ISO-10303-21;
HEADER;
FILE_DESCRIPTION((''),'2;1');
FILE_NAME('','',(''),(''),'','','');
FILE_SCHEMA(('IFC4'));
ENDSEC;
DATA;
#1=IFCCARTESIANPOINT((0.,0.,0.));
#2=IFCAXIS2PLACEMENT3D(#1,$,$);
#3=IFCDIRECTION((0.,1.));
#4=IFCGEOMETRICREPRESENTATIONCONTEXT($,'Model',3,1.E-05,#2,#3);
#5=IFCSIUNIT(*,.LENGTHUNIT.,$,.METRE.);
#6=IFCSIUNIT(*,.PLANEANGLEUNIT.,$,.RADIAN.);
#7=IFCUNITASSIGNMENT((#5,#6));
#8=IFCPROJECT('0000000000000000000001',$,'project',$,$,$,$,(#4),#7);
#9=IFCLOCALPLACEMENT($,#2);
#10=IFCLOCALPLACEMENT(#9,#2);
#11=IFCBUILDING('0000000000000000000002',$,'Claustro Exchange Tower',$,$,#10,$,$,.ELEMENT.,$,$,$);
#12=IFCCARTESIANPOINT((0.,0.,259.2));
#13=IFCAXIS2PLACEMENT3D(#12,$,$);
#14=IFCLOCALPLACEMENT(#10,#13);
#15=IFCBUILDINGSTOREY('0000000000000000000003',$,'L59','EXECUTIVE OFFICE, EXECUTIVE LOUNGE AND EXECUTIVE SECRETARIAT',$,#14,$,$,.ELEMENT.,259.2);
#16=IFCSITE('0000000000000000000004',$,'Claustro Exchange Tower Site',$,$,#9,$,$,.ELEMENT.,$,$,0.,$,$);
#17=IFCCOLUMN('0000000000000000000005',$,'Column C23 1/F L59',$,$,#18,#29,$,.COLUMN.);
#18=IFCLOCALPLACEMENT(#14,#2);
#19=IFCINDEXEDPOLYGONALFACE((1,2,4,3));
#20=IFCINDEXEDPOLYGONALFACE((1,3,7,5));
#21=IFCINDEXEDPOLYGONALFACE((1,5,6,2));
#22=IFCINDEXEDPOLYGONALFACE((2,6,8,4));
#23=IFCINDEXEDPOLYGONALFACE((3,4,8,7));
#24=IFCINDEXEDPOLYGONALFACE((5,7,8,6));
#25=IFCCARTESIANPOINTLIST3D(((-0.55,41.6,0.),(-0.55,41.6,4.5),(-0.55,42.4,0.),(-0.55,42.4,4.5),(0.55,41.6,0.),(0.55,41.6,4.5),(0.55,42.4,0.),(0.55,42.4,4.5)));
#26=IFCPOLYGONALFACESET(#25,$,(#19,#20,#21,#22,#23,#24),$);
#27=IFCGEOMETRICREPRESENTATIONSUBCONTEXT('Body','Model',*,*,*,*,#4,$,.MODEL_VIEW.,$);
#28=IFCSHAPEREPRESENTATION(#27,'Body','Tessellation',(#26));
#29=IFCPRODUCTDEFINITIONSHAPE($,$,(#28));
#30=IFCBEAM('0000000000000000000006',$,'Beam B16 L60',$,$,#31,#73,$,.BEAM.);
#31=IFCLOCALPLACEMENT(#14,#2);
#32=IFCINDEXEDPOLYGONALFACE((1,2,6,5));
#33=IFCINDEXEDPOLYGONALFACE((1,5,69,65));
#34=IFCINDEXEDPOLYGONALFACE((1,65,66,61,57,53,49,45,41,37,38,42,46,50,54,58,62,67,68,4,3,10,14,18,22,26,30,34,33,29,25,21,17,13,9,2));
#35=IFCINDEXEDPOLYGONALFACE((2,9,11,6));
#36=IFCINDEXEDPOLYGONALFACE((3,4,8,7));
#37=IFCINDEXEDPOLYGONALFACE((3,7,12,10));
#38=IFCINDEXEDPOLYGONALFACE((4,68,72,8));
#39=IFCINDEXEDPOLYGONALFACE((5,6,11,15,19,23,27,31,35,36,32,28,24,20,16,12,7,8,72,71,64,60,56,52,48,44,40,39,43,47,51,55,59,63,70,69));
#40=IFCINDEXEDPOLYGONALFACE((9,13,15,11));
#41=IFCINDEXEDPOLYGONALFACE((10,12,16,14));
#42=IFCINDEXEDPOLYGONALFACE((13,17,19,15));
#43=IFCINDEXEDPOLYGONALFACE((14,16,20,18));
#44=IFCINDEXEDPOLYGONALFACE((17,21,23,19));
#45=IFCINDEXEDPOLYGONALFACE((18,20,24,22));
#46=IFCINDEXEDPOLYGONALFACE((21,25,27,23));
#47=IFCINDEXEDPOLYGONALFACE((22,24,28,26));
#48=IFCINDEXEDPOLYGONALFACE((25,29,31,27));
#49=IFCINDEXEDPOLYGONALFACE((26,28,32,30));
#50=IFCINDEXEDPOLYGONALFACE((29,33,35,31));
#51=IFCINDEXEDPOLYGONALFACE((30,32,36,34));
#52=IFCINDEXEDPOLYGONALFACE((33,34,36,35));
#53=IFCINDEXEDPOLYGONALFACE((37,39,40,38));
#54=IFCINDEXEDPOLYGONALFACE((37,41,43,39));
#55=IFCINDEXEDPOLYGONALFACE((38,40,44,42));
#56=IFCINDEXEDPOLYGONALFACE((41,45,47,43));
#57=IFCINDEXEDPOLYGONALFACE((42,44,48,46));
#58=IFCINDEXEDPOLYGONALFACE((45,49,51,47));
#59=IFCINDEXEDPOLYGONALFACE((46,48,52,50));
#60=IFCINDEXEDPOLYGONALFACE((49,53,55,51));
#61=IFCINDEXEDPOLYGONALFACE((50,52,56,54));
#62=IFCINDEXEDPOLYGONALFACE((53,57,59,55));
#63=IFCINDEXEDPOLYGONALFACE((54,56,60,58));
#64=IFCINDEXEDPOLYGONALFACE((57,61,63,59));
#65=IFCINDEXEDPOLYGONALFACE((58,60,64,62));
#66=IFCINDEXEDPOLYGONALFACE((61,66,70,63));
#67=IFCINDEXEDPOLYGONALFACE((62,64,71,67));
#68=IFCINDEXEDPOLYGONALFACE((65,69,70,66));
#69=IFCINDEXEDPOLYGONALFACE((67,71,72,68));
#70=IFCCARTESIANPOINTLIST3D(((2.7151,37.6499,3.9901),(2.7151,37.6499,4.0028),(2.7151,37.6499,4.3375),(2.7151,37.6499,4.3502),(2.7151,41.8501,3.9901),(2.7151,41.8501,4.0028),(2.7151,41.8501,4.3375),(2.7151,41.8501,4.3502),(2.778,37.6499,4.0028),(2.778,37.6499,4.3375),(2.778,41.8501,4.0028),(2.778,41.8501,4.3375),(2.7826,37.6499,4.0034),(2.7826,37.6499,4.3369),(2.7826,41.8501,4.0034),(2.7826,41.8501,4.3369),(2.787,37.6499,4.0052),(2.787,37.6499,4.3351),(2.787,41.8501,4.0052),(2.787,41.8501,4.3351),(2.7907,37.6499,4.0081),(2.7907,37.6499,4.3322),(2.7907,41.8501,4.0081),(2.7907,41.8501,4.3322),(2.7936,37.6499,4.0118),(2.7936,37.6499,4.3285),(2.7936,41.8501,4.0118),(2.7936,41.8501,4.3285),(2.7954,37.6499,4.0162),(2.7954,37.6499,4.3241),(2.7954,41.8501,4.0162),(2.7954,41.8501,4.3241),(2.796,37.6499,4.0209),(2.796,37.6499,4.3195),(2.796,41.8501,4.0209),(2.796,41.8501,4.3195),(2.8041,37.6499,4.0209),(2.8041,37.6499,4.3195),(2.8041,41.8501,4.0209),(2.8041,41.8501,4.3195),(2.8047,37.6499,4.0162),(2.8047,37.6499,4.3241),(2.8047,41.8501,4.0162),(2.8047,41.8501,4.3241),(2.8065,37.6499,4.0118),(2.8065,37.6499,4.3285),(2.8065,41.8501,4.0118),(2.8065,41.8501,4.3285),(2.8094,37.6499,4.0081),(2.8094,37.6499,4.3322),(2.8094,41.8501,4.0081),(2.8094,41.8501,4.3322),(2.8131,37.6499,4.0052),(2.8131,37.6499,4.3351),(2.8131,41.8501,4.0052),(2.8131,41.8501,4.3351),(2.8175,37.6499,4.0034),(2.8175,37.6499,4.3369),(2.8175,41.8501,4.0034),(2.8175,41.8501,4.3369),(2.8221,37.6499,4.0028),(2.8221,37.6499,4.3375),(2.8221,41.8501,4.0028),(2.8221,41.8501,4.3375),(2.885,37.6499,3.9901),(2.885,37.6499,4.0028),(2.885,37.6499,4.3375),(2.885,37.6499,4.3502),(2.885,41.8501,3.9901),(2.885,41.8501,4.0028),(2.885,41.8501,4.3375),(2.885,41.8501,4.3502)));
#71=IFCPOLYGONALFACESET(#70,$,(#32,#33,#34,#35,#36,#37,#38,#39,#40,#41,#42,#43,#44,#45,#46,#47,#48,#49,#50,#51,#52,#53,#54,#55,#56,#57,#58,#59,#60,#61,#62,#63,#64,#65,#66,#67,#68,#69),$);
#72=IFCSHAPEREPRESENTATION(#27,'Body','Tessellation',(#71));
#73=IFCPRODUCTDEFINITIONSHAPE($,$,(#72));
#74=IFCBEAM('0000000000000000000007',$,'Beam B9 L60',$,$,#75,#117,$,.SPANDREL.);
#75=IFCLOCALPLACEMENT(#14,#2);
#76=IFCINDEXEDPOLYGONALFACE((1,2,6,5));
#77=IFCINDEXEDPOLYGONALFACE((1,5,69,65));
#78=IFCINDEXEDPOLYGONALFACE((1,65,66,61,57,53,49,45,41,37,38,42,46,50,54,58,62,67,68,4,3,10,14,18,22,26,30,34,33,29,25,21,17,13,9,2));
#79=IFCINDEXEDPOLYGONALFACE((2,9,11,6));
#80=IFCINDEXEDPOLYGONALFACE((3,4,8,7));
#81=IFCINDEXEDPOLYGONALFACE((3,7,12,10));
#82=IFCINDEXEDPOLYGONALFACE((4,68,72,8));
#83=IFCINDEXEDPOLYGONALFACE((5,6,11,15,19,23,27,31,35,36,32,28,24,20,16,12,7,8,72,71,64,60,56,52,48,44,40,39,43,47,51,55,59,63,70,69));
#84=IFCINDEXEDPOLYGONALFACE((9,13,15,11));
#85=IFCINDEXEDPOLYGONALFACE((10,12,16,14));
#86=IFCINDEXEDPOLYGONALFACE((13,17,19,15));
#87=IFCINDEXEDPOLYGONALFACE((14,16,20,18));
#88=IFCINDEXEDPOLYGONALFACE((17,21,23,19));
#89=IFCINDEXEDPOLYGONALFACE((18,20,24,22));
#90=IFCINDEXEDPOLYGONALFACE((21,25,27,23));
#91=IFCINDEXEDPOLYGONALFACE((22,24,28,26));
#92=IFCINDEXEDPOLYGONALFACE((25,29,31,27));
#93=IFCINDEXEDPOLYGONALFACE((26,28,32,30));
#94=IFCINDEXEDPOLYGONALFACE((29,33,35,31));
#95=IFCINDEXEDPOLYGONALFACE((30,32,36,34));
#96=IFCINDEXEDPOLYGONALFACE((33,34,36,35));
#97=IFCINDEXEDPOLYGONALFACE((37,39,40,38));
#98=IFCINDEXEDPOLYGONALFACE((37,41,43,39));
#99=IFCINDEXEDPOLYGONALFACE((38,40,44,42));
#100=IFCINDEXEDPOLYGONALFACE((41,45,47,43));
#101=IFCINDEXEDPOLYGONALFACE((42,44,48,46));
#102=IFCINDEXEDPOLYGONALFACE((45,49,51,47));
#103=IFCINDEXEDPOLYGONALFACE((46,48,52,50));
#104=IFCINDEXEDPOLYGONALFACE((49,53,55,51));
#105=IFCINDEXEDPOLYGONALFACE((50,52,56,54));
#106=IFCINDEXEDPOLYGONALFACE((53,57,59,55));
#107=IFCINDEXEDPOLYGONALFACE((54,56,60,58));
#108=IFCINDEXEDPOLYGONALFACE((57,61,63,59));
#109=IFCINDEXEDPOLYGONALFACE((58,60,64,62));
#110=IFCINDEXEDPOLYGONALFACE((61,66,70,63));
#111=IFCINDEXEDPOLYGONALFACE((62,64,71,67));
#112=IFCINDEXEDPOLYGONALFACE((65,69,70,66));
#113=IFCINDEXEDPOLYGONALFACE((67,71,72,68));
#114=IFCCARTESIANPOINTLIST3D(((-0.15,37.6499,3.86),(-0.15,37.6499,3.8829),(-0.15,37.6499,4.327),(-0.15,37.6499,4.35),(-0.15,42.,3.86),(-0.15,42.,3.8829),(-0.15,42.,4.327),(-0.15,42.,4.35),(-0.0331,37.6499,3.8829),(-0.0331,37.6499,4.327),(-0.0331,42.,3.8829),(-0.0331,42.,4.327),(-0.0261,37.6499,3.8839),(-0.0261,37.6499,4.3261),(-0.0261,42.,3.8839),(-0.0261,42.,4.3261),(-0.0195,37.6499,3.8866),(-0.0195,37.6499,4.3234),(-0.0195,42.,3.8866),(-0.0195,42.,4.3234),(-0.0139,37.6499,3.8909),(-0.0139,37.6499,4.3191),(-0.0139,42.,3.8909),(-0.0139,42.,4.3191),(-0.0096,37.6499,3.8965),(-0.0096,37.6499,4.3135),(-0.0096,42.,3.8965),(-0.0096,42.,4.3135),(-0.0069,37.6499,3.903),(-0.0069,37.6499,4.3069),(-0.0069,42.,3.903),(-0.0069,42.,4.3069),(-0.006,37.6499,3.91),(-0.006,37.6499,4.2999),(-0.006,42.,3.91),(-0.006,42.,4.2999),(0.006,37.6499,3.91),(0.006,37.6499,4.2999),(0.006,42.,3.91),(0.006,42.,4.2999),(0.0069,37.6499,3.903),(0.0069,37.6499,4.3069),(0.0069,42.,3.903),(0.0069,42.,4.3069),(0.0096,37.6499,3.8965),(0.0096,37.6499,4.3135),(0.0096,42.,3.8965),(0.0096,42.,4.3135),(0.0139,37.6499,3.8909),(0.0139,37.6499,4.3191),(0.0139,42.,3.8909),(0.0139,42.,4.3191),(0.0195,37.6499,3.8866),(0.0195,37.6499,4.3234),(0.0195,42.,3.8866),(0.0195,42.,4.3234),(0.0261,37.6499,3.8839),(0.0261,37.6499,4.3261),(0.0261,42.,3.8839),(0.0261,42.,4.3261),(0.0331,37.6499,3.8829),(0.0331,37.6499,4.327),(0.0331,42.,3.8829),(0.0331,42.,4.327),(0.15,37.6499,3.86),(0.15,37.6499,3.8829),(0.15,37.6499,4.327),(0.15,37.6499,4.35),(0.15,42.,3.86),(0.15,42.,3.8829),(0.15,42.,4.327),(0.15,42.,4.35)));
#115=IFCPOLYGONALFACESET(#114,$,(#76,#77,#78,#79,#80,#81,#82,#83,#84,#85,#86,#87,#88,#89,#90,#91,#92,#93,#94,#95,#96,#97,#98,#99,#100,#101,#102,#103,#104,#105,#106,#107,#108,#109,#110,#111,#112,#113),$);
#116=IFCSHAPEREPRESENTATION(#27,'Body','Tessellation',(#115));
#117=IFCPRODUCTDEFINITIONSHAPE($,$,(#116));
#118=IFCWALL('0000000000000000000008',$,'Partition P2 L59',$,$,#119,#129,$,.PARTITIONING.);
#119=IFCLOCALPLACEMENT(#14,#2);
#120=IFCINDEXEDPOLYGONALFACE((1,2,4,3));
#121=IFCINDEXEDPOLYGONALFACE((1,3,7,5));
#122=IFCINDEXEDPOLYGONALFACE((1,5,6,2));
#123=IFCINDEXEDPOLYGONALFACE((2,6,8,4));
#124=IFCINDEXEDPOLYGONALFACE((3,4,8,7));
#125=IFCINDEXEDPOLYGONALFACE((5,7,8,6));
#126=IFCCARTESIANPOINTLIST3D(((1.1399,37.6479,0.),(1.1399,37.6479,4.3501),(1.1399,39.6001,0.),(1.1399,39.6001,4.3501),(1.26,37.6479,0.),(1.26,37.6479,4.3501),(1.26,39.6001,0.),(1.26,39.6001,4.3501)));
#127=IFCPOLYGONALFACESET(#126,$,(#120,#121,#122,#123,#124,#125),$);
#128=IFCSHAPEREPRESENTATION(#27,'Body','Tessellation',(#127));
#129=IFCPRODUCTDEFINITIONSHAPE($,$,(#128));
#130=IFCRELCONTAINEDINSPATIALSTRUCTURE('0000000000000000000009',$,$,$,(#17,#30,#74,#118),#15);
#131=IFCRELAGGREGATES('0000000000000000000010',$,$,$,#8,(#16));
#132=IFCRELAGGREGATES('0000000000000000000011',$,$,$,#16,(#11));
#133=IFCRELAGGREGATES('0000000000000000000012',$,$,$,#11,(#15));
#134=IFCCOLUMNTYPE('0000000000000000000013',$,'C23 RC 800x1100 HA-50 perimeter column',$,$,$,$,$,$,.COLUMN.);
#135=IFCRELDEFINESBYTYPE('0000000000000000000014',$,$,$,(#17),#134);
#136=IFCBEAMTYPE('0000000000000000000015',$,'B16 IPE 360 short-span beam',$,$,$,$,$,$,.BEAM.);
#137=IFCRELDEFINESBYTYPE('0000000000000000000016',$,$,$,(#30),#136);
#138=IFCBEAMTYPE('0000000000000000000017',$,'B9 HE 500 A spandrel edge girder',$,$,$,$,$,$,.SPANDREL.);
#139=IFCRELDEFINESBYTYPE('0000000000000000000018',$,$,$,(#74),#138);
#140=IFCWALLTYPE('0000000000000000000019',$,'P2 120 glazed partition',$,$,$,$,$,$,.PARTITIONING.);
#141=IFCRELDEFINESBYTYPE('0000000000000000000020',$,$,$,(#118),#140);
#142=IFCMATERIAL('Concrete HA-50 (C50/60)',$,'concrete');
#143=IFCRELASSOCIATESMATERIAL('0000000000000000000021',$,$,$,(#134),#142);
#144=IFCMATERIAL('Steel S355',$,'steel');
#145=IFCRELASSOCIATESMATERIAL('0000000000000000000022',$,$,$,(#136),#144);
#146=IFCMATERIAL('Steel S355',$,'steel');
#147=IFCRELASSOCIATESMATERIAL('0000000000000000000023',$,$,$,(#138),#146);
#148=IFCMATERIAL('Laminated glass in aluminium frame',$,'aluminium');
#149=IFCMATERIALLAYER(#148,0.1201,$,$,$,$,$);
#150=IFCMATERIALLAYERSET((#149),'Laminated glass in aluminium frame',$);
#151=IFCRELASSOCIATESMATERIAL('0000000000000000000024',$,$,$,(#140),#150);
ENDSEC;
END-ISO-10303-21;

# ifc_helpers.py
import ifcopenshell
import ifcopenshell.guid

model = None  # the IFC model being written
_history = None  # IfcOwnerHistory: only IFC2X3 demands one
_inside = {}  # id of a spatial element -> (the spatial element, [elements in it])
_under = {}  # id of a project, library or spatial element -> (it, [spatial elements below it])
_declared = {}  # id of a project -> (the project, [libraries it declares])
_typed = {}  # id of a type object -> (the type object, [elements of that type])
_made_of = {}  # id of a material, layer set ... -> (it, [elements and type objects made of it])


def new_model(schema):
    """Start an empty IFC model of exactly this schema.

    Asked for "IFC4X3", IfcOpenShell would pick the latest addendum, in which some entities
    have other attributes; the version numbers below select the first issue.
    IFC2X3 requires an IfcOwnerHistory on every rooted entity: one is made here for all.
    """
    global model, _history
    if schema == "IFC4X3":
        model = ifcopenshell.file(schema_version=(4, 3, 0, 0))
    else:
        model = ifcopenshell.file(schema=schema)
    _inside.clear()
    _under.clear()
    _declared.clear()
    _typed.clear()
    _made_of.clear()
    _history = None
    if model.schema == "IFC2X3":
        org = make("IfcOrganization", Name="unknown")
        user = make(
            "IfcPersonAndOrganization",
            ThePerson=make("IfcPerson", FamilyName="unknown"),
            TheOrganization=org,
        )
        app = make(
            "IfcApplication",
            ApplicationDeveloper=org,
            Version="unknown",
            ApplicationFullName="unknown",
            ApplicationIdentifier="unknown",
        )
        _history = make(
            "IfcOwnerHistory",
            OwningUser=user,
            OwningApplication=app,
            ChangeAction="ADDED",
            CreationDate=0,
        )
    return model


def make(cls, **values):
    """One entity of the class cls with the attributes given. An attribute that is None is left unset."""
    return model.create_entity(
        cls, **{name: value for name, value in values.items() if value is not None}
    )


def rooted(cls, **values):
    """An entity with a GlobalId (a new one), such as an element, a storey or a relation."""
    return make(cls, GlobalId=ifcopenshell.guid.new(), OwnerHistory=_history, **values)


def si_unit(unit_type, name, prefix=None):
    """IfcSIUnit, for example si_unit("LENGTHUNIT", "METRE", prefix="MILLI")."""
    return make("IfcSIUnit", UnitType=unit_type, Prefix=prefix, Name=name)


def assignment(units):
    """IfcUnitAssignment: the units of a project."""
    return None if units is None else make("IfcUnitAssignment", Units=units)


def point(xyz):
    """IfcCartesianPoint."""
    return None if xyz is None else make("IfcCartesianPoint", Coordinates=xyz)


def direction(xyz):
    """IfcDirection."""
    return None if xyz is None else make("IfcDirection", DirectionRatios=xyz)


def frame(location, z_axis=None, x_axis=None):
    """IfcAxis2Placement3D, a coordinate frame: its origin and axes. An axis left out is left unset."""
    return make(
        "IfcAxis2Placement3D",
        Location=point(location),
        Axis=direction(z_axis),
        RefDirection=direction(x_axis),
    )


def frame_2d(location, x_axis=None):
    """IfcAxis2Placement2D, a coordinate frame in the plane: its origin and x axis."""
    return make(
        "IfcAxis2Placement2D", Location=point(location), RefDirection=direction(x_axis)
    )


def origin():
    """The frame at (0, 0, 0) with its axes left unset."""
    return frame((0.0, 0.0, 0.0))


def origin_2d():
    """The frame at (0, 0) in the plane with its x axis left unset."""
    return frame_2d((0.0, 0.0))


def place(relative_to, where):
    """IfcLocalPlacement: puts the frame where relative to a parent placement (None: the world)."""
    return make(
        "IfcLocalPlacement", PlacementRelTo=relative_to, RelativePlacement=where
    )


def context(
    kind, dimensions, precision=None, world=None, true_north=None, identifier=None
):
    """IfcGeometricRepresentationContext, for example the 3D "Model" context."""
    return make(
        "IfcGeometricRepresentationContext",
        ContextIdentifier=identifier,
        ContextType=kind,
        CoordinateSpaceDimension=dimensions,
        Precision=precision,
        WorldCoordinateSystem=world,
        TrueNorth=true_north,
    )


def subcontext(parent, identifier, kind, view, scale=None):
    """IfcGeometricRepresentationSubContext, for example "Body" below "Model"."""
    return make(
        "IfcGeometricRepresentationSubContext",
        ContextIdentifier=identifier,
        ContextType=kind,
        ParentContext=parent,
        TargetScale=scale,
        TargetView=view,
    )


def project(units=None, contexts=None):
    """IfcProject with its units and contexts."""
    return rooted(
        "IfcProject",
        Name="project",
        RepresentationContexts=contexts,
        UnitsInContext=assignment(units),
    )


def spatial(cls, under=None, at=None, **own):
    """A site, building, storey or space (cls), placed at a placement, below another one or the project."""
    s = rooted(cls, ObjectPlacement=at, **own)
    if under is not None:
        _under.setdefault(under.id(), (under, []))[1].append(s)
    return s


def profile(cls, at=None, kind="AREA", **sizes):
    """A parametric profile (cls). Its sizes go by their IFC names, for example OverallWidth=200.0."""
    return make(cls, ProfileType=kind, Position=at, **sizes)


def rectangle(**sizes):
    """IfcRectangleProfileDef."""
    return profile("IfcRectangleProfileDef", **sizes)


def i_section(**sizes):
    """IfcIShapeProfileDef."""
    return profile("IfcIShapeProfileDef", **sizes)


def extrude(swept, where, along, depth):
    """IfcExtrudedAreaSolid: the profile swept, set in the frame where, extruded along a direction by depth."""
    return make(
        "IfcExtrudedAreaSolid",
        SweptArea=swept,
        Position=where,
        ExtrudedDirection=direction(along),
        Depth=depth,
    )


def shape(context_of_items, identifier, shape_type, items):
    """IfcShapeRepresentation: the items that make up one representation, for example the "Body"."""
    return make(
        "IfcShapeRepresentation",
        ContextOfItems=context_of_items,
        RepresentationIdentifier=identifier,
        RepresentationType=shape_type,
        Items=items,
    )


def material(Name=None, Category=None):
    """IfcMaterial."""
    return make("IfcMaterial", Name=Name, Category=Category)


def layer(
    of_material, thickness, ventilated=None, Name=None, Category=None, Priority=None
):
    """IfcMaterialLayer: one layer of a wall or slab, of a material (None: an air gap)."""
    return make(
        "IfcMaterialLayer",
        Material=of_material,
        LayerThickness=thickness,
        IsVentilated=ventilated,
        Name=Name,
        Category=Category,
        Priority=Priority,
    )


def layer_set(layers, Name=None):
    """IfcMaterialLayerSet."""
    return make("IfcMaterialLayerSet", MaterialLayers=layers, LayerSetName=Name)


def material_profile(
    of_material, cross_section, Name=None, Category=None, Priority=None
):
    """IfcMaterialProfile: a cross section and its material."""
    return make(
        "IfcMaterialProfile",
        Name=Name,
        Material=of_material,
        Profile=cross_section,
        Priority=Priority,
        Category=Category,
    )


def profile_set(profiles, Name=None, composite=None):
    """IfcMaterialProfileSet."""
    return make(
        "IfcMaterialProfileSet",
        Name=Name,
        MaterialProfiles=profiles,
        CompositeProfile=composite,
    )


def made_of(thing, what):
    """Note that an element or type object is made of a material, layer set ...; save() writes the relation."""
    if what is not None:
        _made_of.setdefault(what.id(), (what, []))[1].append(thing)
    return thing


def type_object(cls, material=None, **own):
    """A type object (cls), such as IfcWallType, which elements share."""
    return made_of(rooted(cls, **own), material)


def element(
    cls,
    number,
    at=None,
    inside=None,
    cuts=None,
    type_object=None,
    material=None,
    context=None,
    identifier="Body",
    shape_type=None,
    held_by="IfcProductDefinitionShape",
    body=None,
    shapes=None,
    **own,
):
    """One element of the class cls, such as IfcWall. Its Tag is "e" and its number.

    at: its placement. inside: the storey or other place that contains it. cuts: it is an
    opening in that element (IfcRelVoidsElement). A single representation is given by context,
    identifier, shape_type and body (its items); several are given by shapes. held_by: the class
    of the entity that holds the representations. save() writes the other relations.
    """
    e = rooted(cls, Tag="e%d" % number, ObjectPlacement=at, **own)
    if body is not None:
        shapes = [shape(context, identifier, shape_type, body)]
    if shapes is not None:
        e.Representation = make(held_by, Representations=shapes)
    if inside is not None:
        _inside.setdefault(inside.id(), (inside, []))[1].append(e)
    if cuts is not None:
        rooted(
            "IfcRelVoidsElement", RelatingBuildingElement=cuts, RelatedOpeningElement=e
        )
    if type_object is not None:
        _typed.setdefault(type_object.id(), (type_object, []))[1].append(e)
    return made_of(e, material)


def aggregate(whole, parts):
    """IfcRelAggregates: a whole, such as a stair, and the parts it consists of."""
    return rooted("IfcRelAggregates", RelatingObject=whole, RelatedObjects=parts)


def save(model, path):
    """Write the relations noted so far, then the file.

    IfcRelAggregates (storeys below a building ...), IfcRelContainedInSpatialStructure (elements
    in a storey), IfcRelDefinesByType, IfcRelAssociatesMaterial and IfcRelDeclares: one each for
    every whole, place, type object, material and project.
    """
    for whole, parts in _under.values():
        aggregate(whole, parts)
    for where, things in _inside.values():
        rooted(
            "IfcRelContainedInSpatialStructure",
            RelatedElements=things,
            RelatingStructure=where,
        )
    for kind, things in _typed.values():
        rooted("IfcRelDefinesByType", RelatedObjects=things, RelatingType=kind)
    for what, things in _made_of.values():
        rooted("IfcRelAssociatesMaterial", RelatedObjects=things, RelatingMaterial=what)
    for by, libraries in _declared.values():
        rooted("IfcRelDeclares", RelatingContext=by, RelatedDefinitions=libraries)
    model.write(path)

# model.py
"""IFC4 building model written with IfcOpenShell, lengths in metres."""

from ifc_helpers import new_model, si_unit, direction, frame, frame_2d, origin, origin_2d, place, context, subcontext, project, spatial, rectangle, i_section, extrude, material, layer, layer_set, material_profile, profile_set, type_object, element, save


model = new_model("IFC4")

# Units and contexts
model_context = context("Model", 3, precision=1e-05, world=origin(), true_north=direction((0.0, 1.0)))
body_context = subcontext(model_context, "Body", "Model", "MODEL_VIEW")
ifc_project = project(units=[si_unit("LENGTHUNIT", "METRE"), si_unit("PLANEANGLEUNIT", "RADIAN")], contexts=[model_context])

# Site, building, storey
site_placement = place(None, origin())
site = spatial("IfcSite", under=ifc_project, at=site_placement, Name="Claustro Exchange Tower Site", CompositionType="ELEMENT", RefElevation=0.0)
building_placement = place(site_placement, origin())
building = spatial("IfcBuilding", under=site, at=building_placement, Name="Claustro Exchange Tower", CompositionType="ELEMENT")
storey_placement = place(building_placement, frame((0.0, 0.0, 259.2)))
storey = spatial("IfcBuildingStorey", under=building, at=storey_placement, Name="L59", Description="EXECUTIVE OFFICE, EXECUTIVE LOUNGE AND EXECUTIVE SECRETARIAT", CompositionType="ELEMENT", Elevation=259.2)

# Column
ifc_material_1 = material(Name="Concrete HA-50 (C50/60)", Category="concrete")
ifc_material_profile_1 = material_profile(ifc_material_1, rectangle(XDim=0.8, YDim=1.1001, at=origin_2d()), Name="RC 800x1100")
ifc_profile_set_1 = profile_set([ifc_material_profile_1], Name="Concrete HA-50 (C50/60)")
column_type = type_object("IfcColumnType", Name="C23 RC 800x1100 HA-50 perimeter column", PredefinedType="COLUMN", material=ifc_profile_set_1)
column_placement = place(storey_placement, frame((0.0, 42.0, 0.0), z_axis=(0.0, 0.0, 1.0), x_axis=(0.0, 1.0, 0.0)))
element("IfcColumn", 1, at=column_placement, inside=storey, type_object=column_type, Name="Column C23 1/F L59", PredefinedType="COLUMN", context=body_context, shape_type="SweptSolid", body=[
    extrude(rectangle(XDim=0.8, YDim=1.1001, at=origin_2d()), origin(), (0.0, 0.0, 1.0), 4.5),
])

# Beams
ifc_material_2 = material(Name="Steel S355", Category="steel")
ifc_material_profile_2 = material_profile(ifc_material_2, i_section(OverallWidth=0.1699, OverallDepth=0.3601, WebThickness=0.0081, FlangeThickness=0.0127, FilletRadius=0.0181, at=origin_2d()), Name="IPE 360")
ifc_profile_set_2 = profile_set([ifc_material_profile_2], Name="Steel S355")
beam_type_1 = type_object("IfcBeamType", Name="B16 IPE 360 short-span beam", PredefinedType="BEAM", material=ifc_profile_set_2)
beam_1_placement = place(storey_placement, frame((2.8, 37.6499, 4.1702), z_axis=(0.0, 1.0, 0.0), x_axis=(-1.0, 0.0, 0.0)))
element("IfcBeam", 2, at=beam_1_placement, inside=storey, type_object=beam_type_1, Name="Beam B16 L60", PredefinedType="BEAM", context=body_context, shape_type="SweptSolid", body=[
    extrude(i_section(OverallWidth=0.1699, OverallDepth=0.3601, WebThickness=0.0081, FlangeThickness=0.0127, FilletRadius=0.0181, at=origin_2d()), origin(), (0.0, 0.0, 1.0), 4.2002),
])
ifc_material_3 = material(Name="Steel S355", Category="steel")
ifc_material_profile_3 = material_profile(ifc_material_3, i_section(OverallWidth=0.3, OverallDepth=0.49, WebThickness=0.012, FlangeThickness=0.0229, FilletRadius=0.0271, at=origin_2d()), Name="HE 500 A")
ifc_profile_set_3 = profile_set([ifc_material_profile_3], Name="Steel S355")
beam_type_2 = type_object("IfcBeamType", Name="B9 HE 500 A spandrel edge girder", PredefinedType="SPANDREL", material=ifc_profile_set_3)
beam_2_placement = place(storey_placement, frame((0.0, 37.6499, 4.105), z_axis=(0.0, 1.0, 0.0), x_axis=(-1.0, 0.0, 0.0)))
element("IfcBeam", 3, at=beam_2_placement, inside=storey, type_object=beam_type_2, Name="Beam B9 L60", PredefinedType="SPANDREL", context=body_context, shape_type="SweptSolid", body=[
    extrude(i_section(OverallWidth=0.3, OverallDepth=0.49, WebThickness=0.012, FlangeThickness=0.0229, FilletRadius=0.0271, at=origin_2d()), origin(), (0.0, 0.0, 1.0), 4.3501),
])

# Wall
ifc_material_4 = material(Name="Laminated glass in aluminium frame", Category="aluminium")
ifc_layer_1 = layer(ifc_material_4, 0.1201)
ifc_layer_set_1 = layer_set([ifc_layer_1], Name="Laminated glass in aluminium frame")
wall_type_1 = type_object("IfcWallType", Name="P2 120 glazed partition", PredefinedType="PARTITIONING", material=ifc_layer_set_1)
wall_1_placement = place(storey_placement, frame((1.2, 37.6479, 0.0), z_axis=(0.0, 0.0, 1.0), x_axis=(0.0, 1.0, 0.0)))
element("IfcWall", 4, at=wall_1_placement, inside=storey, type_object=wall_type_1, Name="Partition P2 L59", PredefinedType="PARTITIONING", context=body_context, shape_type="SweptSolid", body=[
    extrude(rectangle(XDim=1.9521, YDim=0.1201, at=frame_2d((0.9761, 0.0))), origin(), (0.0, 0.0, 1.0), 4.3501),
])

save(model, "model.ifc")
